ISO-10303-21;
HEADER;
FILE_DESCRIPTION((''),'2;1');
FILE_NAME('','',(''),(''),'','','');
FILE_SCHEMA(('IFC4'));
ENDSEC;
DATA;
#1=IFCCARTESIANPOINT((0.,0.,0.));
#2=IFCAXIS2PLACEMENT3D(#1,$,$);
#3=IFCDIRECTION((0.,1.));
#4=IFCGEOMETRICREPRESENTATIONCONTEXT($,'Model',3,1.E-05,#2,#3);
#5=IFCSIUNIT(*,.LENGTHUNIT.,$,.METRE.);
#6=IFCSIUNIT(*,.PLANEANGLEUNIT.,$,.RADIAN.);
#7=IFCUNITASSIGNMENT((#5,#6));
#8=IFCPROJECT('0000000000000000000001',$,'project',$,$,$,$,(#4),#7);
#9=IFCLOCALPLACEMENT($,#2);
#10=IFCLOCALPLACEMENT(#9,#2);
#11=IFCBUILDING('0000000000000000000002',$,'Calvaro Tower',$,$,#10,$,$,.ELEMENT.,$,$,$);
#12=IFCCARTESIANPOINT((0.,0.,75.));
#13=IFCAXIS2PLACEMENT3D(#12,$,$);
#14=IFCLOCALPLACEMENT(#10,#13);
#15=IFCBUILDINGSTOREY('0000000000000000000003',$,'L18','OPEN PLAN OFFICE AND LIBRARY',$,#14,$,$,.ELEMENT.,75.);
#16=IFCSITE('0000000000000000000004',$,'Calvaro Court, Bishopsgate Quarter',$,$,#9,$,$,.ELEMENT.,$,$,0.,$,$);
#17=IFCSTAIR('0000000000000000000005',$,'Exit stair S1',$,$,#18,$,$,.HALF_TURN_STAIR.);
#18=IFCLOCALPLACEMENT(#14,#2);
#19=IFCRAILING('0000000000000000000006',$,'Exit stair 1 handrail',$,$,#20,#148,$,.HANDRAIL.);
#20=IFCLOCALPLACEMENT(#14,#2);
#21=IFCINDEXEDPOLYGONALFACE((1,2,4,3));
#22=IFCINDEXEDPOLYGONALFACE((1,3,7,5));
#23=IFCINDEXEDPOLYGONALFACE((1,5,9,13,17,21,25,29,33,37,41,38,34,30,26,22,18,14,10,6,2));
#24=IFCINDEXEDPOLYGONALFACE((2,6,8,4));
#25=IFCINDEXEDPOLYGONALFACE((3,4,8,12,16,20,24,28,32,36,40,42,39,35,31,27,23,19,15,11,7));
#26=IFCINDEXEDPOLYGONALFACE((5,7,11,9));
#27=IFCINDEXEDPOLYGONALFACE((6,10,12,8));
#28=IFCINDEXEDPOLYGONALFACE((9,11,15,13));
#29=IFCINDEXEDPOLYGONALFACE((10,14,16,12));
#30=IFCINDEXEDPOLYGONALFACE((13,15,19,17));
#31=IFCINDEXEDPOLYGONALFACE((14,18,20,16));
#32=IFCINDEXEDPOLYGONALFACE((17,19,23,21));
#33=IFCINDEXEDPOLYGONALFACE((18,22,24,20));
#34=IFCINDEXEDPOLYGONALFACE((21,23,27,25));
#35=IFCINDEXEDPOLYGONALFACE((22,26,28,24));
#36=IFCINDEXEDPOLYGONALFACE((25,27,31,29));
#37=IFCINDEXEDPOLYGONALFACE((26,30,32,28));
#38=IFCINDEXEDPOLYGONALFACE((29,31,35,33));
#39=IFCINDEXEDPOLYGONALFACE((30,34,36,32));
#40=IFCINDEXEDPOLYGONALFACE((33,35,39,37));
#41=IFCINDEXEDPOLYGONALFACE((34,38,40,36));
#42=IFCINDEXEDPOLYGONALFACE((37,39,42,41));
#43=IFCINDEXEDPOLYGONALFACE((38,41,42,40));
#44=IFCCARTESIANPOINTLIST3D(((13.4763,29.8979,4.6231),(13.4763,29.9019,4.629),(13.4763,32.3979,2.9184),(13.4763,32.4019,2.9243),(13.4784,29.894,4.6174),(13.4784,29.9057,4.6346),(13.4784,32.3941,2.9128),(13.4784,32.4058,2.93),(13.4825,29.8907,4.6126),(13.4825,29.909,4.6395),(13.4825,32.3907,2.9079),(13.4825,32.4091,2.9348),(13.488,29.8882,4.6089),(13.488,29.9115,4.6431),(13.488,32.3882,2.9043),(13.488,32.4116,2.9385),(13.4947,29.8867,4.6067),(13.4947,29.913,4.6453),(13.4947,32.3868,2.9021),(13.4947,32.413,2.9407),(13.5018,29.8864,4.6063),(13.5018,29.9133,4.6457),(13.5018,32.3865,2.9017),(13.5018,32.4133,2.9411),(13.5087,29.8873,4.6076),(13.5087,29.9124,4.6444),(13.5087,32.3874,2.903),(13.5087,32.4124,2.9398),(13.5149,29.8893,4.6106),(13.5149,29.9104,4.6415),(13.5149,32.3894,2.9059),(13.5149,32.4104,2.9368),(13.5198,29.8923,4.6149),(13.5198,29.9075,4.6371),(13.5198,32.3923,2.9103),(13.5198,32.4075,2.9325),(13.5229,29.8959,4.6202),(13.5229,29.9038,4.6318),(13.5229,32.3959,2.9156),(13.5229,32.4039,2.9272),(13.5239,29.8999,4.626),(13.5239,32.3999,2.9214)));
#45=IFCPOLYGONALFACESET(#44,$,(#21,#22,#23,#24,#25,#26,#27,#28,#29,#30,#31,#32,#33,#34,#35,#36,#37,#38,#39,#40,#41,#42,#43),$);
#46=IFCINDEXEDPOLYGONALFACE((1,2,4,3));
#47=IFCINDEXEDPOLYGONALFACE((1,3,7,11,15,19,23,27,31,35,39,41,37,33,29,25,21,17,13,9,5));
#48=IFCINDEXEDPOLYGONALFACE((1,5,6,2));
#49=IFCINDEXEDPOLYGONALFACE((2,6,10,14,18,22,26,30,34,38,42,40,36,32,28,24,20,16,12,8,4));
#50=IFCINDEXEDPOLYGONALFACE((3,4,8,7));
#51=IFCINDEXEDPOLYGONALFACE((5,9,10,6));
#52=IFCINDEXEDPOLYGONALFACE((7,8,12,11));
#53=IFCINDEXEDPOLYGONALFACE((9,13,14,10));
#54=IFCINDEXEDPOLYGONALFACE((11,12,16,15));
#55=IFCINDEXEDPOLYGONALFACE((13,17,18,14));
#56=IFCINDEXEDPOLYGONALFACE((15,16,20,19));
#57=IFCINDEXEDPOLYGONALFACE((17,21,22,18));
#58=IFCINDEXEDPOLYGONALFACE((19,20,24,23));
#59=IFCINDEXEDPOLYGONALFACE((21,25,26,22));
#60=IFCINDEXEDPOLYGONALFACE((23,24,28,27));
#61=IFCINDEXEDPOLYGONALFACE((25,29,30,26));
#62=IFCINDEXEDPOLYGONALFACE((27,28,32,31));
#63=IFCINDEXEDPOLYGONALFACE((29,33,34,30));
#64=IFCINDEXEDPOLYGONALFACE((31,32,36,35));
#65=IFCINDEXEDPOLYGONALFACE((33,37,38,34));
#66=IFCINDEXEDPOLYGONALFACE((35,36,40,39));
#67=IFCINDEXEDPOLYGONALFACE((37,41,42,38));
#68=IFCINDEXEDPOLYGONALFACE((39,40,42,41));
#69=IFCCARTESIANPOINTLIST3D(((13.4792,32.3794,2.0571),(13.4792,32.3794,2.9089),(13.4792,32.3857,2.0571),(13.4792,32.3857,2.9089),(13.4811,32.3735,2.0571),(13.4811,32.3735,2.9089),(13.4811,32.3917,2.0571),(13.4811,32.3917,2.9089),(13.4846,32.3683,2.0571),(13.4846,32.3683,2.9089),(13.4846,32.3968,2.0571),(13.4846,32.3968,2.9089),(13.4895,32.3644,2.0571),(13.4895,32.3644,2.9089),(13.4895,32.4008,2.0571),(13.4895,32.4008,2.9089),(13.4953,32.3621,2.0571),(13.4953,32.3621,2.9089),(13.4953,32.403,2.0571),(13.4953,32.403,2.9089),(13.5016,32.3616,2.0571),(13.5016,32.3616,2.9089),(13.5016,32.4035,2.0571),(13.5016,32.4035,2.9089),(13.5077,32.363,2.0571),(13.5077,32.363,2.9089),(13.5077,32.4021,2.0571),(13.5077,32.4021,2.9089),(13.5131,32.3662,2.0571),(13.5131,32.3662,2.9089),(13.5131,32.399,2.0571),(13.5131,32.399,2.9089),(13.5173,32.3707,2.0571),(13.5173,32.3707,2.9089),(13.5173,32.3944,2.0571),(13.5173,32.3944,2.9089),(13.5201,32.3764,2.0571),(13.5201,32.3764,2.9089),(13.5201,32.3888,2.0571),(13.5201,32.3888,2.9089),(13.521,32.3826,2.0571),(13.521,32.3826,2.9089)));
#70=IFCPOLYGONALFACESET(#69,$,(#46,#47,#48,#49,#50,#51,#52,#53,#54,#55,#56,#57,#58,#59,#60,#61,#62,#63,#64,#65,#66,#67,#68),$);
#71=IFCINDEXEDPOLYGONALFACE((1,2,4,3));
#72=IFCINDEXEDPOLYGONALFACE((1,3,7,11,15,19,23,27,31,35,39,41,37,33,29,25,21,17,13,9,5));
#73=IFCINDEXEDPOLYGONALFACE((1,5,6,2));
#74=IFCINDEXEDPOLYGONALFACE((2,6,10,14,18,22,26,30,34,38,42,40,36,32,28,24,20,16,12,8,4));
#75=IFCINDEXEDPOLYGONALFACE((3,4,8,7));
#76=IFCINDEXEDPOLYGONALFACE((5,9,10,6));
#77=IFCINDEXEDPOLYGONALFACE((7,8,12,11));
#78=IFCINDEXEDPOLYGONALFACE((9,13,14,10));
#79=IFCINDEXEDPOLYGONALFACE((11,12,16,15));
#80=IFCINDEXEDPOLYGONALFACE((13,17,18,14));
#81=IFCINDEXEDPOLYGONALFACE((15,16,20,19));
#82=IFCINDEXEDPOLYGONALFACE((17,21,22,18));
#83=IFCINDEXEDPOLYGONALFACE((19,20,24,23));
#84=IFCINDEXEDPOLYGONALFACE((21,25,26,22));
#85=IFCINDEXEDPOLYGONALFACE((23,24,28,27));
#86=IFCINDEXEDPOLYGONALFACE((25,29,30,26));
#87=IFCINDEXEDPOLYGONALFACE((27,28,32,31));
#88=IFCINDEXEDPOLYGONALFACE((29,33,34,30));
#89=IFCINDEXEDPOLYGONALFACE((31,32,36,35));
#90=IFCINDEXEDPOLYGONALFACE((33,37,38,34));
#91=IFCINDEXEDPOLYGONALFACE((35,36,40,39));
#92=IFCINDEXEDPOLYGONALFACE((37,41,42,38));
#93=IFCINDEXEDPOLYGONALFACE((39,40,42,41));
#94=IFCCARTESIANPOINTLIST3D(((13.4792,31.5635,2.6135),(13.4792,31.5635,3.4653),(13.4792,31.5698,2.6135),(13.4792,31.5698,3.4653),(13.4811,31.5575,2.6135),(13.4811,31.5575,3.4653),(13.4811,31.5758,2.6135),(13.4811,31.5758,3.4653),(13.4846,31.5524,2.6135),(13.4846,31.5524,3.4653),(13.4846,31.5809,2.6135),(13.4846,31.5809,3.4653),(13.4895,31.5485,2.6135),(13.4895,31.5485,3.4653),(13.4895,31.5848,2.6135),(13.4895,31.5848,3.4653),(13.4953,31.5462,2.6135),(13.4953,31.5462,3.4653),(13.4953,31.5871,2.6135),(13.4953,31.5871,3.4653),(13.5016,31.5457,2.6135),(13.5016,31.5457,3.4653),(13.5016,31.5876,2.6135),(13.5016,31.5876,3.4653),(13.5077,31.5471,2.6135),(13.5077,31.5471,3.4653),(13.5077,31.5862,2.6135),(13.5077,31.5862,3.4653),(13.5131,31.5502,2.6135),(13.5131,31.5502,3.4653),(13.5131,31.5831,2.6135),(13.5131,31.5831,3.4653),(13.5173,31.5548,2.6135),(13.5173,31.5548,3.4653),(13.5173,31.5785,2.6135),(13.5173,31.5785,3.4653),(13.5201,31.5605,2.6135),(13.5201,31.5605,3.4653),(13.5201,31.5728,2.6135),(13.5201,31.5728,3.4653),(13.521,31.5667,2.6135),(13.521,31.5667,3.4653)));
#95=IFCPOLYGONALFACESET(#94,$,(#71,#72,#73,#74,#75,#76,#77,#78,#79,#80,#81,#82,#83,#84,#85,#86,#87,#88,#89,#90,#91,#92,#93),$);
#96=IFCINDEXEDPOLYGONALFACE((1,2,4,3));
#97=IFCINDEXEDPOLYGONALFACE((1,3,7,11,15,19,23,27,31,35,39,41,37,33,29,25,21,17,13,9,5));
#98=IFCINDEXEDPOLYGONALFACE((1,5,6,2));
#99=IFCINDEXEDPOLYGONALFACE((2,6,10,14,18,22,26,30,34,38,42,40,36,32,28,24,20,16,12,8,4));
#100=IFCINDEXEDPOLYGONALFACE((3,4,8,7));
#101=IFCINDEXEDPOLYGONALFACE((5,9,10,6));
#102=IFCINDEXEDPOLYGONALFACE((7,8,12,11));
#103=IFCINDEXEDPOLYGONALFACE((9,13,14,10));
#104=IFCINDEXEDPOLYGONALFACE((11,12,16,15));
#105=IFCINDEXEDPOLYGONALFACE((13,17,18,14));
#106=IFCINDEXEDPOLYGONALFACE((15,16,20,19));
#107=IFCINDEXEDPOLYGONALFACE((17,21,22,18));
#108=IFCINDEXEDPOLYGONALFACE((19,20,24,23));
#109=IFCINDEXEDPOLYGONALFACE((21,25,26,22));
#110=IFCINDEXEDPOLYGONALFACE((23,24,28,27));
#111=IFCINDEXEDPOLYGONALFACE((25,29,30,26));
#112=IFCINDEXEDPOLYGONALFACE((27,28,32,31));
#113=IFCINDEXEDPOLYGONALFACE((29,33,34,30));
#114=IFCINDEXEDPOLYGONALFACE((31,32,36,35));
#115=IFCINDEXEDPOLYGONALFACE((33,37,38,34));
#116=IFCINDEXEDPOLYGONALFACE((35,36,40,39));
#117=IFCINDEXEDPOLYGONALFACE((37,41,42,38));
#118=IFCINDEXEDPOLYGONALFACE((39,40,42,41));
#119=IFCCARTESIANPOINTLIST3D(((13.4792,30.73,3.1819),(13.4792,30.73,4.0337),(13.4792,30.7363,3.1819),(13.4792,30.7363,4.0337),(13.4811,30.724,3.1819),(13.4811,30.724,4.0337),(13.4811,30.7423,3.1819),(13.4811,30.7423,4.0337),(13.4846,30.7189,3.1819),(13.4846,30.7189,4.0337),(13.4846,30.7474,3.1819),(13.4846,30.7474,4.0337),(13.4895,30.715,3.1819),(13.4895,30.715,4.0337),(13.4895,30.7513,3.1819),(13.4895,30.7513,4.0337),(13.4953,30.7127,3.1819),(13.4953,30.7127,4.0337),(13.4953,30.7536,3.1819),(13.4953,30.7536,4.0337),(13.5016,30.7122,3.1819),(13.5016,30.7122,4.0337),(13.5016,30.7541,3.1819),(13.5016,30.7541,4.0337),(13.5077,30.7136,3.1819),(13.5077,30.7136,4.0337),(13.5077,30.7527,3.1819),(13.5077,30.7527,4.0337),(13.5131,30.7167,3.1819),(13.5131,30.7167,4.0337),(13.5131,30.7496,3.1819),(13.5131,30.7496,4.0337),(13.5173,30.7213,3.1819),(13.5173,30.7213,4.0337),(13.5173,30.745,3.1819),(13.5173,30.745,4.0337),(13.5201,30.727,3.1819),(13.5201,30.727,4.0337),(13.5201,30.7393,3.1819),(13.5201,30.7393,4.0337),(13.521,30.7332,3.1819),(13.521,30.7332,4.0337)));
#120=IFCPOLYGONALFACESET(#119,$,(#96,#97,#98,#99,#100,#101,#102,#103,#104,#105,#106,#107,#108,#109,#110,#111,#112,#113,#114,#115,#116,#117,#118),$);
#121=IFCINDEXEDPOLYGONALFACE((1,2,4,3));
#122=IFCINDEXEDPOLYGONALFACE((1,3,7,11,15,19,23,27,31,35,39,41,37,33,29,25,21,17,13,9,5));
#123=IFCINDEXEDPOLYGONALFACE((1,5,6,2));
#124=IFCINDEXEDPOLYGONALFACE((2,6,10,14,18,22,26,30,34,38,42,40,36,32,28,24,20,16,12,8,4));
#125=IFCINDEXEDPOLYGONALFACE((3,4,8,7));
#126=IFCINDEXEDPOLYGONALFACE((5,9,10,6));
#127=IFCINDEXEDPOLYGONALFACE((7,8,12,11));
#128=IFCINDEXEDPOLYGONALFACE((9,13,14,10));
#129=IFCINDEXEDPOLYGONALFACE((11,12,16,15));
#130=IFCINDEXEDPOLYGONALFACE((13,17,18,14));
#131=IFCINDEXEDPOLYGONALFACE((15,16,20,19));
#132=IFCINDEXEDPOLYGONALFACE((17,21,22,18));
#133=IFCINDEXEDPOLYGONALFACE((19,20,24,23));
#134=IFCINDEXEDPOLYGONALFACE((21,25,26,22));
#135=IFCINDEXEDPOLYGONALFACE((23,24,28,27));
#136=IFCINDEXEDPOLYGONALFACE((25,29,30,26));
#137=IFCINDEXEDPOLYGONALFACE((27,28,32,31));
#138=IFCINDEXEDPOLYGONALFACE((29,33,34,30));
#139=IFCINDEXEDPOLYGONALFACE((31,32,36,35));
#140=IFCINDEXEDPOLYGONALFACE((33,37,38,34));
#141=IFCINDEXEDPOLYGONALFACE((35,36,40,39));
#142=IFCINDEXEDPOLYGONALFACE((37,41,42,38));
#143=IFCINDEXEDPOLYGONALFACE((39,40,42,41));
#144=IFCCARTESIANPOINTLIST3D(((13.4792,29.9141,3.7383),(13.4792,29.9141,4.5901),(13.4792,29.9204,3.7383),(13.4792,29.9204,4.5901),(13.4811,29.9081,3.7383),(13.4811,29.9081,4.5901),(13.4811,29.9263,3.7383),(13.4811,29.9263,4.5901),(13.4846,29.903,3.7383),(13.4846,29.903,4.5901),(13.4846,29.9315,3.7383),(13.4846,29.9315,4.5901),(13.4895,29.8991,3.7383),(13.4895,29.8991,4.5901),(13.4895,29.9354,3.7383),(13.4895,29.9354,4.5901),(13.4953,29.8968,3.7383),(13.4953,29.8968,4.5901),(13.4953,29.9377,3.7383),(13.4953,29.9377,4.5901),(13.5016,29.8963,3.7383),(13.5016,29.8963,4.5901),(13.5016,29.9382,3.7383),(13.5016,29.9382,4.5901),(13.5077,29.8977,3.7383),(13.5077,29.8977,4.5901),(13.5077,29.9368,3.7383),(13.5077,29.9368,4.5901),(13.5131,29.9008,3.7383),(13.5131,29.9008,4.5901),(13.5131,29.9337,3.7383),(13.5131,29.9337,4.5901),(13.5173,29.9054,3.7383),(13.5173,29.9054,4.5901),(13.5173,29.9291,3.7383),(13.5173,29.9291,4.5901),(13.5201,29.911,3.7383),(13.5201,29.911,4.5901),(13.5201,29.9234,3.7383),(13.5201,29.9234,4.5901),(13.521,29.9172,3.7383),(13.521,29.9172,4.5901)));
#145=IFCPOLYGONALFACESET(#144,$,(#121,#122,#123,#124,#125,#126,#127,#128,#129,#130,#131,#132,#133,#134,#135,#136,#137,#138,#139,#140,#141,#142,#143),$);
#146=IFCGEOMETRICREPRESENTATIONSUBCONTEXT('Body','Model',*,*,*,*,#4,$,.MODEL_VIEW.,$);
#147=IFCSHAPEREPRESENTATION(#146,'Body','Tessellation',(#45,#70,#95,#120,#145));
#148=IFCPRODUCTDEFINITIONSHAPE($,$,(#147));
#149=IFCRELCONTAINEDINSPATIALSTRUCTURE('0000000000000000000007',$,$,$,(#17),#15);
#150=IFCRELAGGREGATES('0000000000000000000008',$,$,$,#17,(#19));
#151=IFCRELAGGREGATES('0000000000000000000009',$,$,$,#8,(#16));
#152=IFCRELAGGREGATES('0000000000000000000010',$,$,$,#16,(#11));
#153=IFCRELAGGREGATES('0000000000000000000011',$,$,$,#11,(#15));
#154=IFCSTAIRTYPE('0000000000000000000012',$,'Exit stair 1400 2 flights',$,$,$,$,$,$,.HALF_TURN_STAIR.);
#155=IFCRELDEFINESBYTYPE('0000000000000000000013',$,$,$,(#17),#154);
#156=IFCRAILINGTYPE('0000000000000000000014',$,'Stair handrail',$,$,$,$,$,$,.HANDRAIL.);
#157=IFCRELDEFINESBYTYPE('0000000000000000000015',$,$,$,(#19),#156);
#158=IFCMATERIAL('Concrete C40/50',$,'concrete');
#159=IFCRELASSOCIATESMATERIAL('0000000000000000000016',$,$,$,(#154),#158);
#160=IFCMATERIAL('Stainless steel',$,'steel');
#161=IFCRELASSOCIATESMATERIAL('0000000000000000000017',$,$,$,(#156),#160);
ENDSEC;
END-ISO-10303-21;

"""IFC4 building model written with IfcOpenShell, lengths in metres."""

from ifc_helpers import new_model, si_unit, direction, frame, origin, origin_2d, place, context, subcontext, project, spatial, circle, extrude, material, type_object, element, aggregate, save


model = new_model("IFC4")

# Units and contexts
model_context = context("Model", 3, precision=1e-05, world=origin(), true_north=direction((0.0, 1.0)))
body_context = subcontext(model_context, "Body", "Model", "MODEL_VIEW")
ifc_project = project(units=[si_unit("LENGTHUNIT", "METRE"), si_unit("PLANEANGLEUNIT", "RADIAN")], contexts=[model_context])

# Site, building, storey
site_placement = place(None, origin())
site = spatial("IfcSite", under=ifc_project, at=site_placement, Name="Calvaro Court, Bishopsgate Quarter", CompositionType="ELEMENT", RefElevation=0.0)
building_placement = place(site_placement, origin())
building = spatial("IfcBuilding", under=site, at=building_placement, Name="Calvaro Tower", CompositionType="ELEMENT")
storey_placement = place(building_placement, frame((0.0, 0.0, 75.0)))
storey = spatial("IfcBuildingStorey", under=building, at=storey_placement, Name="L18", Description="OPEN PLAN OFFICE AND LIBRARY", CompositionType="ELEMENT", Elevation=75.0)

# Stair, railing
ifc_material_1 = material(Name="Concrete C40/50", Category="concrete")
stair_type = type_object("IfcStairType", Name="Exit stair 1400 2 flights", PredefinedType="HALF_TURN_STAIR", material=ifc_material_1)
stair_placement = place(storey_placement, origin())
stair = element("IfcStair", 1, at=stair_placement, inside=storey, type_object=stair_type, Name="Exit stair S1", PredefinedType="HALF_TURN_STAIR")
ifc_material_2 = material(Name="Stainless steel", Category="steel")
railing_type = type_object("IfcRailingType", Name="Stair handrail", PredefinedType="HANDRAIL", material=ifc_material_2)
railing_1_placement = place(storey_placement, frame((13.5, 32.3999, 2.0454)))
railing_1 = element("IfcRailing", 2, at=railing_1_placement, type_object=railing_type, Name="Exit stair 1 handrail", PredefinedType="HANDRAIL", context=body_context, shape_type="SweptSolid", body=[
    extrude(circle(Radius=0.0239, at=origin_2d()), frame((0.0, 0.0, 0.876), z_axis=(0.0, -0.826221, 0.563347), x_axis=(1.0, 0.0, 0.0)), (0.0, 0.0, 1.0), 3.0259),
    extrude(circle(Radius=0.021, at=origin_2d()), frame((0.0, -0.0173, 0.0117)), (0.0, 0.0, 1.0), 0.8518),
    extrude(circle(Radius=0.021, at=origin_2d()), frame((0.0, -0.8333, 0.5681)), (0.0, 0.0, 1.0), 0.8518),
    extrude(circle(Radius=0.021, at=origin_2d()), frame((0.0, -1.6667, 1.1365)), (0.0, 0.0, 1.0), 0.8518),
    extrude(circle(Radius=0.021, at=origin_2d()), frame((0.0, -2.4827, 1.6929)), (0.0, 0.0, 1.0), 0.8518),
])
aggregate(stair, [railing_1])

save(model, "model.ifc")
